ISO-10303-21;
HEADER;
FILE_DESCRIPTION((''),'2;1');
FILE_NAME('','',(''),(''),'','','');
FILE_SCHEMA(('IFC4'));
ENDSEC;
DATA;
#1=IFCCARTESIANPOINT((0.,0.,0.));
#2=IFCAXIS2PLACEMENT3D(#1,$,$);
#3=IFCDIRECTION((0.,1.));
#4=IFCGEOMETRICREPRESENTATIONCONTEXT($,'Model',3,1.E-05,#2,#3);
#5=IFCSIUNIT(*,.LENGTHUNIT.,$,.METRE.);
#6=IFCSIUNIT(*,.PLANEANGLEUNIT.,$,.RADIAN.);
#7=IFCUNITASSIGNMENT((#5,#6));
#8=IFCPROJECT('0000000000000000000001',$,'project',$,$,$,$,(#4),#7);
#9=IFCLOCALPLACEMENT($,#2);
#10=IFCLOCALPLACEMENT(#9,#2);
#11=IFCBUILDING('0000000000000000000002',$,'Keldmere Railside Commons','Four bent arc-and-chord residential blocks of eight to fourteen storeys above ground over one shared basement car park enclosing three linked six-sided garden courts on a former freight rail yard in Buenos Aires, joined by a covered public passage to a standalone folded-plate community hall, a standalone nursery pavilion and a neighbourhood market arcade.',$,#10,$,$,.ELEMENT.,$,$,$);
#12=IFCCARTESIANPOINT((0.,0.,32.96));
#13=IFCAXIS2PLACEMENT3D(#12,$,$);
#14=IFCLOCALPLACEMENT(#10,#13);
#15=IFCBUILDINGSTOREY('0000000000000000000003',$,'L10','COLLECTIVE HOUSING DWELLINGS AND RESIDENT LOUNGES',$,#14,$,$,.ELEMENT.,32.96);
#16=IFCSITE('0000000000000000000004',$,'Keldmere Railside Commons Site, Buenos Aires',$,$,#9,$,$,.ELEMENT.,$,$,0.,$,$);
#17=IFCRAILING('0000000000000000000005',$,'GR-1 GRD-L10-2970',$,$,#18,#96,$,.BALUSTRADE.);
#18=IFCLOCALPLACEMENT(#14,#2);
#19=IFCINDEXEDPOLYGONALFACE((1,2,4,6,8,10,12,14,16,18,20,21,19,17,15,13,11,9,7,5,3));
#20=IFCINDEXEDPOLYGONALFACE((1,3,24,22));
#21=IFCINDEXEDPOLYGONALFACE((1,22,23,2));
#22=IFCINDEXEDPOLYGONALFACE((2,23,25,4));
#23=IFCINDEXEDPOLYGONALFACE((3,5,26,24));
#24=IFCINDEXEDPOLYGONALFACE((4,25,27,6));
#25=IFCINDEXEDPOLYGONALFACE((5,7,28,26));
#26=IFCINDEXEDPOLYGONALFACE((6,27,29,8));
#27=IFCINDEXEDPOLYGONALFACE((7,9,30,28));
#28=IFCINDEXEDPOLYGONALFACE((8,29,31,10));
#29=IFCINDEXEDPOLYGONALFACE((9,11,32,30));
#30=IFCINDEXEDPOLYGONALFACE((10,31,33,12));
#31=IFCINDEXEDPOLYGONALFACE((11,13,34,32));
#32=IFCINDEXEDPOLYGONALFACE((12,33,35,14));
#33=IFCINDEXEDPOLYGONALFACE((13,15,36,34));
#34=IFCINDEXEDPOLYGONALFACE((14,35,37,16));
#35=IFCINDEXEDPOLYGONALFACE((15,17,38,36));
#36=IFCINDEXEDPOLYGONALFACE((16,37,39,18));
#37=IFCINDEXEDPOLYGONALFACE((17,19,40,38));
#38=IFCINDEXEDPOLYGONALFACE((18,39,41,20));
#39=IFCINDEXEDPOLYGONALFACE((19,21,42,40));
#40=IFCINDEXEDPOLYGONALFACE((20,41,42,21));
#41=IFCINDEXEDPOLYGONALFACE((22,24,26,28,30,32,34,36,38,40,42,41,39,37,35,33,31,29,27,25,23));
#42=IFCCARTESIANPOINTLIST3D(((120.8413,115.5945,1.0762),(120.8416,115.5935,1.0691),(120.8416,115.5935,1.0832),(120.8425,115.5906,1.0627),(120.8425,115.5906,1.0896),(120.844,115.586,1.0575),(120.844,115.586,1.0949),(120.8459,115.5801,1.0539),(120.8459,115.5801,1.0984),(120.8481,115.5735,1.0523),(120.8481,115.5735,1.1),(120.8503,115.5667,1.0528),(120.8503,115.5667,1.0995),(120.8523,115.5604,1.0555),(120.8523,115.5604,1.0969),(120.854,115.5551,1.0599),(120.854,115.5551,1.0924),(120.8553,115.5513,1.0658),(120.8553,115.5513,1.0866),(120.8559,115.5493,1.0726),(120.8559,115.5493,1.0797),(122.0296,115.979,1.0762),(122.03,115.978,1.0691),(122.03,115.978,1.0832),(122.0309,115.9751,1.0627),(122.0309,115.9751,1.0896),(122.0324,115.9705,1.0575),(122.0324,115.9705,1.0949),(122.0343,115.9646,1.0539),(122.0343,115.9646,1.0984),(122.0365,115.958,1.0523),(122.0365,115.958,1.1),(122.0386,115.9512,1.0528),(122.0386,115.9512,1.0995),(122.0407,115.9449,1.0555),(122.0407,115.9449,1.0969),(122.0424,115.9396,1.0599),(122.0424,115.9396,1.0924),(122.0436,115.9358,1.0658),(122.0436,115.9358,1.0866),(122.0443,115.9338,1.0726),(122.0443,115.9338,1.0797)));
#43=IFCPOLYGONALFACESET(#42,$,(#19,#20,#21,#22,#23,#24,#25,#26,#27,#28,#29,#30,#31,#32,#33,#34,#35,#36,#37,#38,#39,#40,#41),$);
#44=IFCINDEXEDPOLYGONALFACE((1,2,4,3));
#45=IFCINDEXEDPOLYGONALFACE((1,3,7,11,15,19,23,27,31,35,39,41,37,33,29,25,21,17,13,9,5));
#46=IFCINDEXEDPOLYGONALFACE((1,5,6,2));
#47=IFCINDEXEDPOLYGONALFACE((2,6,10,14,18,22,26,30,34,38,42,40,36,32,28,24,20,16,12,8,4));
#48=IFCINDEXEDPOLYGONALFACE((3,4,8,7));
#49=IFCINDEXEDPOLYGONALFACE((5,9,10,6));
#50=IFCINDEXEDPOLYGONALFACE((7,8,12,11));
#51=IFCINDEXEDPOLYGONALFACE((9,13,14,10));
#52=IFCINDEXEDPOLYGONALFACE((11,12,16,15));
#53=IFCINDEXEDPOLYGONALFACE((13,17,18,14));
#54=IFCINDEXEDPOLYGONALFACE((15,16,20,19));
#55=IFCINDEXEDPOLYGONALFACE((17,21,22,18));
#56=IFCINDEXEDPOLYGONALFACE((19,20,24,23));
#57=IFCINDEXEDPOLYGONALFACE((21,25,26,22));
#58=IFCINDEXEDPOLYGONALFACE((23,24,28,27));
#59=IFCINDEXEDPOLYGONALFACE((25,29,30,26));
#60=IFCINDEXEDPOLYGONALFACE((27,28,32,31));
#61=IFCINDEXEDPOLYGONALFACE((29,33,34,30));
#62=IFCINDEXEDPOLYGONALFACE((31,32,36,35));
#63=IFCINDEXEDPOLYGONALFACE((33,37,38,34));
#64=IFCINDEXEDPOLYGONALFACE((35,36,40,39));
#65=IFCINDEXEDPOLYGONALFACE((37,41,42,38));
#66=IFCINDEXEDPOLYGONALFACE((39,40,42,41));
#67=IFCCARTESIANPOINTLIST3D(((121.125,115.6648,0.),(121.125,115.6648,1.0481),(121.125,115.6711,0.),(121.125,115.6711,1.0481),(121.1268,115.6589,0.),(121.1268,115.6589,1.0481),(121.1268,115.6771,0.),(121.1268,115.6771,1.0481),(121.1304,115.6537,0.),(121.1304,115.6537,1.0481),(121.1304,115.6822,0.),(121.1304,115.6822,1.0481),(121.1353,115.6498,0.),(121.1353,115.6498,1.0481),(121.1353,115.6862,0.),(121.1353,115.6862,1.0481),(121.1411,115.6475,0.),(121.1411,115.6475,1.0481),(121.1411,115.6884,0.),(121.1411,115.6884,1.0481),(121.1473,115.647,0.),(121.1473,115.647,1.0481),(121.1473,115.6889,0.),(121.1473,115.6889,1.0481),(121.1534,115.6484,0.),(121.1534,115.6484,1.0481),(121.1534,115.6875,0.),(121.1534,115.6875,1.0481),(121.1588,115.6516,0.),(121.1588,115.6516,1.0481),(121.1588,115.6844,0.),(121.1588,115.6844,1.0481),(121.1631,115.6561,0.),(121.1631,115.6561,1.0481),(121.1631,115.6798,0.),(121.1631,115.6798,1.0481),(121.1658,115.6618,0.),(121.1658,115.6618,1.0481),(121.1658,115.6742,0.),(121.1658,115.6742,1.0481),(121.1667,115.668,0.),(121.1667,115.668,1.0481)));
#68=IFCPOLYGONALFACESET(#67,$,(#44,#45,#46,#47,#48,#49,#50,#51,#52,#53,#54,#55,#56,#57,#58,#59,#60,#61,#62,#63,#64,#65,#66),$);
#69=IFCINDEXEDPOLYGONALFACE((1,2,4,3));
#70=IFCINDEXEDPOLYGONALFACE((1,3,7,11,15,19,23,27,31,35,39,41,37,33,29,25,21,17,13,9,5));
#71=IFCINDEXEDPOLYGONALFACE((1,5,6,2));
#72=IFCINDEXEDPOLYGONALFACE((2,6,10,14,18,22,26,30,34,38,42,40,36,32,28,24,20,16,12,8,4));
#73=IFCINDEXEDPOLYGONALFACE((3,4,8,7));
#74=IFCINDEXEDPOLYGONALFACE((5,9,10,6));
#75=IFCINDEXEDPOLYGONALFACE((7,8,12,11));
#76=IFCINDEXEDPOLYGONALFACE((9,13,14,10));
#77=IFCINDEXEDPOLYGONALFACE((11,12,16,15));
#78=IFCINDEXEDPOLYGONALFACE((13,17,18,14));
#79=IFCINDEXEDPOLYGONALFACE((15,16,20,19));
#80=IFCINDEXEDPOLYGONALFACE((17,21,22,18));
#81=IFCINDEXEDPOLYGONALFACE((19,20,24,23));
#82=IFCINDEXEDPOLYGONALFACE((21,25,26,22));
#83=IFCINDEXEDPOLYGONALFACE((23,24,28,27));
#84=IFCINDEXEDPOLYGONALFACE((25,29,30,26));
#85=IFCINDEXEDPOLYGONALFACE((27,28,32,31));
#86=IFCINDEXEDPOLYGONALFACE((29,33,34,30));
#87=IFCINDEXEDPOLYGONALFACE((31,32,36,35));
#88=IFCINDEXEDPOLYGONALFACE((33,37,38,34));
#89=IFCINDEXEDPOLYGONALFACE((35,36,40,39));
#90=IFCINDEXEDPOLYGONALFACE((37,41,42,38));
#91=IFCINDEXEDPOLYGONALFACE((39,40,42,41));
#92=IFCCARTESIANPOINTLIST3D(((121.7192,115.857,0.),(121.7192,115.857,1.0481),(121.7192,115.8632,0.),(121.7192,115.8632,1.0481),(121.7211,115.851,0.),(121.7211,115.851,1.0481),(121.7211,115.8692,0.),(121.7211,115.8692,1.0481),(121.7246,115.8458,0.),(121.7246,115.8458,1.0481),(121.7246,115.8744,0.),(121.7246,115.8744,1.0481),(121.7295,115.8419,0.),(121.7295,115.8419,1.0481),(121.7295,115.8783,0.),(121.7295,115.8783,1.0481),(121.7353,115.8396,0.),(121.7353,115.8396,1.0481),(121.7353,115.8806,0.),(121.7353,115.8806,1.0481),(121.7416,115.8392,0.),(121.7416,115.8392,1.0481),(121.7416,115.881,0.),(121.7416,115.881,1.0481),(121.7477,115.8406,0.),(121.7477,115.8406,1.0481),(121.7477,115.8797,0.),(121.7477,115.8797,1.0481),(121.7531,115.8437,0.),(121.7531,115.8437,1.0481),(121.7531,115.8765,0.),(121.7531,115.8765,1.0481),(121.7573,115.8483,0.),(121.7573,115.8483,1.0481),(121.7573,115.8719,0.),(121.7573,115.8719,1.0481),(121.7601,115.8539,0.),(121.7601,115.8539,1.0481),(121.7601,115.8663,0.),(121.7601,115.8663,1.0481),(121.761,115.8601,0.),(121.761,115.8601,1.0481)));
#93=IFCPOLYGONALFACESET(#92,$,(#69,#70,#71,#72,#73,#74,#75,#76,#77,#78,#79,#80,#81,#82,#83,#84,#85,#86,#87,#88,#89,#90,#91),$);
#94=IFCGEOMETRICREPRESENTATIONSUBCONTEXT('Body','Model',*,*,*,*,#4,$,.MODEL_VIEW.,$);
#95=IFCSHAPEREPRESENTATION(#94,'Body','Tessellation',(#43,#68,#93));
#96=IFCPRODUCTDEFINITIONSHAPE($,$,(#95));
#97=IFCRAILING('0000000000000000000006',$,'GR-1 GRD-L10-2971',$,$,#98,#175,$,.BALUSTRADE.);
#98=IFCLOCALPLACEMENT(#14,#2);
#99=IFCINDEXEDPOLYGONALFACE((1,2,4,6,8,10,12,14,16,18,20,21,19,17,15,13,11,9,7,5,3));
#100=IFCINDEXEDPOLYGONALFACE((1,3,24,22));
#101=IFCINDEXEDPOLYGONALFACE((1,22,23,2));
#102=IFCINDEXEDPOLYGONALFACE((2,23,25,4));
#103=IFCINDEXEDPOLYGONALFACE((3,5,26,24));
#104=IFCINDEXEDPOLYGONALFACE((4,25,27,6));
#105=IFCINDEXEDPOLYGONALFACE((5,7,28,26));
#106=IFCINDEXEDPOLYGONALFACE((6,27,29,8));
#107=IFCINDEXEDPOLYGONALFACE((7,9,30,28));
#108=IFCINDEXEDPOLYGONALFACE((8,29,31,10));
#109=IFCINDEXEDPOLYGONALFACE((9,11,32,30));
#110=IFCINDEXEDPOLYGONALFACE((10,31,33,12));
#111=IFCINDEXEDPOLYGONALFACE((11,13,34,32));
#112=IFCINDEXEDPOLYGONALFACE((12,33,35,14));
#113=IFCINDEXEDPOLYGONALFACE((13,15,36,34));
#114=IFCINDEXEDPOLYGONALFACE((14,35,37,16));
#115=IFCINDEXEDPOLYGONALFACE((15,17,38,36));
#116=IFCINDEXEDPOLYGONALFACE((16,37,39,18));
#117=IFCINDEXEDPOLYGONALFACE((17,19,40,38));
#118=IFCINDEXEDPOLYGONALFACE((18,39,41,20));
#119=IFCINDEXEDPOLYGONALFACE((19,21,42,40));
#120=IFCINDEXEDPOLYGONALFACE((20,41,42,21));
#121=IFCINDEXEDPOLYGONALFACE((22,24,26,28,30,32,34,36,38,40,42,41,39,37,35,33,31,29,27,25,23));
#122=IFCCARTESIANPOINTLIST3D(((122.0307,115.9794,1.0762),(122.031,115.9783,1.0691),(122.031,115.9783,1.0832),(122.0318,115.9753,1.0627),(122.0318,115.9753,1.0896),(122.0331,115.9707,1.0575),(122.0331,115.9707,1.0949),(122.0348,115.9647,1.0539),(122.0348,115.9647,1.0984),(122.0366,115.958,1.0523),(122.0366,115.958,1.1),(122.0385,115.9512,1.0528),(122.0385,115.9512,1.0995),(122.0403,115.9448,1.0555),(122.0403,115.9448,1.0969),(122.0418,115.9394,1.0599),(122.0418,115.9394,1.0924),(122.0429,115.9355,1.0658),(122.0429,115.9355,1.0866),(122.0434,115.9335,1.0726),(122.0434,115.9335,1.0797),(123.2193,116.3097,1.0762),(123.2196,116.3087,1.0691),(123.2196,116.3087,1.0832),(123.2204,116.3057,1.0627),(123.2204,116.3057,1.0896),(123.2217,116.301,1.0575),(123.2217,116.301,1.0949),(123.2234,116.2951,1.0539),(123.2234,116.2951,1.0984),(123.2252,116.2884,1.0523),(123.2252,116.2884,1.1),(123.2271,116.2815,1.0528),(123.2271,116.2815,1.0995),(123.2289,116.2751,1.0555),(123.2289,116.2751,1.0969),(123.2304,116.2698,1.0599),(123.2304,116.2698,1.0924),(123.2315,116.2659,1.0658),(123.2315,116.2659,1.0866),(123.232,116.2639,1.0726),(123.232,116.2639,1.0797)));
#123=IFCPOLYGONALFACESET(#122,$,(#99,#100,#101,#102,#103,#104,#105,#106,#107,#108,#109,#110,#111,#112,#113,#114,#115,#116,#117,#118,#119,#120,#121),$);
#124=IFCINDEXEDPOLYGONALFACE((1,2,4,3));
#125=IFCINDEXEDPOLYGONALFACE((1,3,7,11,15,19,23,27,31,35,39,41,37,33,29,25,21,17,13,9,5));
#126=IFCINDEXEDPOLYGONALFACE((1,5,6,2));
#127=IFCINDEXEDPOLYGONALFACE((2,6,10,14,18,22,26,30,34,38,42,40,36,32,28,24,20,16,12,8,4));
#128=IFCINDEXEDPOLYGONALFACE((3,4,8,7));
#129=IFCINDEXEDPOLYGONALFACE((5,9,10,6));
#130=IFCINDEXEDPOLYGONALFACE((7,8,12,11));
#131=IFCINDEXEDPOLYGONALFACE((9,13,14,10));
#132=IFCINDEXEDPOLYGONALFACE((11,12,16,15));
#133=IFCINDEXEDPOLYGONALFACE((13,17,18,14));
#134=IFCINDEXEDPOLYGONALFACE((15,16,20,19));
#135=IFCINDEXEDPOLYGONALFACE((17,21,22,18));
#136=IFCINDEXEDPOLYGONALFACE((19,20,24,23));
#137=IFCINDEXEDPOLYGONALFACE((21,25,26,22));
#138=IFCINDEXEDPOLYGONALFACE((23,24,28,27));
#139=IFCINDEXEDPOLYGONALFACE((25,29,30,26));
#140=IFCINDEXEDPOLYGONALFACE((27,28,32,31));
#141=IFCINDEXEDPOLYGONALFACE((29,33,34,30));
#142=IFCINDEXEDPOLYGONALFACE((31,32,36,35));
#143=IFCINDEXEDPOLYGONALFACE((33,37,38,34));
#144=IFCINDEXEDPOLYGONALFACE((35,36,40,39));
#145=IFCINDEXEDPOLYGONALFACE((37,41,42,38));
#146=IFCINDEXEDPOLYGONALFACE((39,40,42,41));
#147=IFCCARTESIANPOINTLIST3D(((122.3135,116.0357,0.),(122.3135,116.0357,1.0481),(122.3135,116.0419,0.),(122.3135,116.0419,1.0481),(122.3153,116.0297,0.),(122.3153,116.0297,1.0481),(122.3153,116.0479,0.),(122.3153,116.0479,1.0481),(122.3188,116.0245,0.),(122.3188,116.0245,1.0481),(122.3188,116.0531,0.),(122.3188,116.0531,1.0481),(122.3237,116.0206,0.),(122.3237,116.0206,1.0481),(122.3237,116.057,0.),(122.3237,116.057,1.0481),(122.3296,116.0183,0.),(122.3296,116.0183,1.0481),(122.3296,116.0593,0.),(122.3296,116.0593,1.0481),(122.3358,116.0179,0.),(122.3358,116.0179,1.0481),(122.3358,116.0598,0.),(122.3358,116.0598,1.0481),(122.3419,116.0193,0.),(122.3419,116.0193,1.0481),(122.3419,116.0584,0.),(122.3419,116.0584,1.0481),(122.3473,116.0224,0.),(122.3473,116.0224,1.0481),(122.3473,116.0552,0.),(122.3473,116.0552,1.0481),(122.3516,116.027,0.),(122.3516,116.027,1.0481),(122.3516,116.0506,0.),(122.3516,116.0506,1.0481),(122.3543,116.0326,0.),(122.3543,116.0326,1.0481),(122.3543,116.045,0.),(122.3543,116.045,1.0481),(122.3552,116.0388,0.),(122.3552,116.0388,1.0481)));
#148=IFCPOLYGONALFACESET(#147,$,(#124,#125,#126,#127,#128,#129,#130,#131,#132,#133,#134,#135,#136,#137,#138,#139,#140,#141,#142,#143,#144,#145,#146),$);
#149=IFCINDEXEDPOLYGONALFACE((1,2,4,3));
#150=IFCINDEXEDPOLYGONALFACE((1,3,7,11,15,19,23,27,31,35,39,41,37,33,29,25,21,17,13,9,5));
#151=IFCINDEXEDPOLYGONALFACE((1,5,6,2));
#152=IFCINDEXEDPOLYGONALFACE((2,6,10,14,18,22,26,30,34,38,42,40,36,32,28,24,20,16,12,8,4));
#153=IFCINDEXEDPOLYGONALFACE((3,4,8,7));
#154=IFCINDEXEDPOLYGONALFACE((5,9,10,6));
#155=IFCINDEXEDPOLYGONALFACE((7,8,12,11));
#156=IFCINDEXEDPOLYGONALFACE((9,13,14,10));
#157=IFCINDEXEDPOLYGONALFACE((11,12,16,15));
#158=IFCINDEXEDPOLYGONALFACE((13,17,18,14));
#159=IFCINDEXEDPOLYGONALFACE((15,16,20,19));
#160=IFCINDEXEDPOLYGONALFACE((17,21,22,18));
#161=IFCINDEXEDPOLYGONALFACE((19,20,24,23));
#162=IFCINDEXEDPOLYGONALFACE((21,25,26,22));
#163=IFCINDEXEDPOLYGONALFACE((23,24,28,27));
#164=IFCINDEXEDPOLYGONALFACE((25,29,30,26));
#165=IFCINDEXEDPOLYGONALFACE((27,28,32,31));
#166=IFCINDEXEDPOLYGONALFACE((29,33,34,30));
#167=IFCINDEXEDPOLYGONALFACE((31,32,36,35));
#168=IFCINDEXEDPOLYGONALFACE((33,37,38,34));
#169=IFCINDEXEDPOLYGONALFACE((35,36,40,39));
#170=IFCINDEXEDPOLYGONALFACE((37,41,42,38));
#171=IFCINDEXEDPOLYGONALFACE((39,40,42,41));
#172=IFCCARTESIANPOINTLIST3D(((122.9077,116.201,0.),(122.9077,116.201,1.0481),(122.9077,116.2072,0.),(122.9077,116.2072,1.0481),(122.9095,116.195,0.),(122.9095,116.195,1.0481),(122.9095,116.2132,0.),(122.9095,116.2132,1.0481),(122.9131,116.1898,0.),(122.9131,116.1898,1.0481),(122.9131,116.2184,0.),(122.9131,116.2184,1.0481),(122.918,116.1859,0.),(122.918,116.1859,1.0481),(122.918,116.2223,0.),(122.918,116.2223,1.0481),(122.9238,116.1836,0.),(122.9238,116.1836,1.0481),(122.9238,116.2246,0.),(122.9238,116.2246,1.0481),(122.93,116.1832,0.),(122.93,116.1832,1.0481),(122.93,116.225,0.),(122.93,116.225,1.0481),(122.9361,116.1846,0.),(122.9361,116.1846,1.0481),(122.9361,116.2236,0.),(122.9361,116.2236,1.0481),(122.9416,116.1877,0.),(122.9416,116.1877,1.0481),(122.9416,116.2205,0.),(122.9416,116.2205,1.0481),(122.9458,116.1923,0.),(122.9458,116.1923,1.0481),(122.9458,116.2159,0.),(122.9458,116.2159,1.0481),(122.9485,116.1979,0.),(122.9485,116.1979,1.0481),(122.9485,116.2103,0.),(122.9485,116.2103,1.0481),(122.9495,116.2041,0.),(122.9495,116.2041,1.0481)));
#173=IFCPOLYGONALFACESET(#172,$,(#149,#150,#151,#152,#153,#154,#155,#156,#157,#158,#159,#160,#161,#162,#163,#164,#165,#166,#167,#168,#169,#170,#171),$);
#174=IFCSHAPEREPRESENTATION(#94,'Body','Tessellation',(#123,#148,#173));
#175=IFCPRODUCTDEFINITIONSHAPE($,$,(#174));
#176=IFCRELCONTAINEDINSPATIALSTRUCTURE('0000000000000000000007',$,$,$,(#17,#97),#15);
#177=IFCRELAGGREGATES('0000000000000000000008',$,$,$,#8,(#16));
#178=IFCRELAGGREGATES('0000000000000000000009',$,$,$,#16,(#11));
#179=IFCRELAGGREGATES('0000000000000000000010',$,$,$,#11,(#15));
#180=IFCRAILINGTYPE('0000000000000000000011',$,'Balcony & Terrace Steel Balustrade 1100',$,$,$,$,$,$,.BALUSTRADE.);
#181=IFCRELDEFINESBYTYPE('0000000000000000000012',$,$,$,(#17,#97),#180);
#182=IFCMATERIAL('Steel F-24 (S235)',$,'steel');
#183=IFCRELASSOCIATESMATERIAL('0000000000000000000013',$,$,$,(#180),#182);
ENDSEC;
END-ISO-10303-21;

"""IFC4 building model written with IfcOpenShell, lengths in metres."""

from ifc_helpers import new_model, si_unit, direction, frame, origin, origin_2d, place, context, subcontext, project, spatial, circle, extrude, material, type_object, element, save


model = new_model("IFC4")

# Units and contexts
model_context = context("Model", 3, precision=1e-05, world=origin(), true_north=direction((0.0, 1.0)))
body_context = subcontext(model_context, "Body", "Model", "MODEL_VIEW")
ifc_project = project(units=[si_unit("LENGTHUNIT", "METRE"), si_unit("PLANEANGLEUNIT", "RADIAN")], contexts=[model_context])

# Site, building, storey
site_placement = place(None, origin())
site = spatial("IfcSite", under=ifc_project, at=site_placement, Name="Keldmere Railside Commons Site, Buenos Aires", CompositionType="ELEMENT", RefElevation=0.0)
building_placement = place(site_placement, origin())
building = spatial("IfcBuilding", under=site, at=building_placement, Name="Keldmere Railside Commons", Description="Four bent arc-and-chord residential blocks of eight to fourteen storeys above ground over one shared basement car park enclosing three linked six-sided garden courts on a former freight rail yard in Buenos Aires, joined by a covered public passage to a standalone folded-plate community hall, a standalone nursery pavilion and a neighbourhood market arcade.", CompositionType="ELEMENT")
storey_placement = place(building_placement, frame((0.0, 0.0, 32.96)))
storey = spatial("IfcBuildingStorey", under=building, at=storey_placement, Name="L10", Description="COLLECTIVE HOUSING DWELLINGS AND RESIDENT LOUNGES", CompositionType="ELEMENT", Elevation=32.96)

# Railings
ifc_material_1 = material(Name="Steel F-24 (S235)", Category="steel")
railing_type = type_object("IfcRailingType", Name="Balcony & Terrace Steel Balustrade 1100", PredefinedType="BALUSTRADE", material=ifc_material_1)
railing_1_placement = place(storey_placement, frame((120.8486, 115.5718, 0.0)))
element("IfcRailing", 1, at=railing_1_placement, inside=storey, type_object=railing_type, Name="GR-1 GRD-L10-2970", PredefinedType="BALUSTRADE", context=body_context, shape_type="SweptSolid", body=[
    extrude(circle(Radius=0.0239, at=origin_2d()), frame((0.0, 0.0, 1.0762), z_axis=(0.951441, 0.307831, 0.0), x_axis=(-0.307831, 0.951441, 0.0)), (0.0, 0.0, 1.0), 1.249),
    extrude(circle(Radius=0.021, at=origin_2d()), frame((0.2971, 0.0962, 0.0)), (0.0, 0.0, 1.0), 1.0481),
    extrude(circle(Radius=0.021, at=origin_2d()), frame((0.8914, 0.2883, 0.0)), (0.0, 0.0, 1.0), 1.0481),
])
railing_2_placement = place(storey_placement, frame((122.0371, 115.9563, 0.0)))
element("IfcRailing", 2, at=railing_2_placement, inside=storey, type_object=railing_type, Name="GR-1 GRD-L10-2971", PredefinedType="BALUSTRADE", context=body_context, shape_type="SweptSolid", body=[
    extrude(circle(Radius=0.0239, at=origin_2d()), frame((0.0, 0.0, 1.0762), z_axis=(0.963478, 0.267787, 0.0), x_axis=(-0.267787, 0.963478, 0.0)), (0.0, 0.0, 1.0), 1.2336),
    extrude(circle(Radius=0.021, at=origin_2d()), frame((0.2971, 0.0825, 0.0)), (0.0, 0.0, 1.0), 1.0481),
    extrude(circle(Radius=0.021, at=origin_2d()), frame((0.8914, 0.2478, 0.0)), (0.0, 0.0, 1.0), 1.0481),
])

save(model, "model.ifc")
